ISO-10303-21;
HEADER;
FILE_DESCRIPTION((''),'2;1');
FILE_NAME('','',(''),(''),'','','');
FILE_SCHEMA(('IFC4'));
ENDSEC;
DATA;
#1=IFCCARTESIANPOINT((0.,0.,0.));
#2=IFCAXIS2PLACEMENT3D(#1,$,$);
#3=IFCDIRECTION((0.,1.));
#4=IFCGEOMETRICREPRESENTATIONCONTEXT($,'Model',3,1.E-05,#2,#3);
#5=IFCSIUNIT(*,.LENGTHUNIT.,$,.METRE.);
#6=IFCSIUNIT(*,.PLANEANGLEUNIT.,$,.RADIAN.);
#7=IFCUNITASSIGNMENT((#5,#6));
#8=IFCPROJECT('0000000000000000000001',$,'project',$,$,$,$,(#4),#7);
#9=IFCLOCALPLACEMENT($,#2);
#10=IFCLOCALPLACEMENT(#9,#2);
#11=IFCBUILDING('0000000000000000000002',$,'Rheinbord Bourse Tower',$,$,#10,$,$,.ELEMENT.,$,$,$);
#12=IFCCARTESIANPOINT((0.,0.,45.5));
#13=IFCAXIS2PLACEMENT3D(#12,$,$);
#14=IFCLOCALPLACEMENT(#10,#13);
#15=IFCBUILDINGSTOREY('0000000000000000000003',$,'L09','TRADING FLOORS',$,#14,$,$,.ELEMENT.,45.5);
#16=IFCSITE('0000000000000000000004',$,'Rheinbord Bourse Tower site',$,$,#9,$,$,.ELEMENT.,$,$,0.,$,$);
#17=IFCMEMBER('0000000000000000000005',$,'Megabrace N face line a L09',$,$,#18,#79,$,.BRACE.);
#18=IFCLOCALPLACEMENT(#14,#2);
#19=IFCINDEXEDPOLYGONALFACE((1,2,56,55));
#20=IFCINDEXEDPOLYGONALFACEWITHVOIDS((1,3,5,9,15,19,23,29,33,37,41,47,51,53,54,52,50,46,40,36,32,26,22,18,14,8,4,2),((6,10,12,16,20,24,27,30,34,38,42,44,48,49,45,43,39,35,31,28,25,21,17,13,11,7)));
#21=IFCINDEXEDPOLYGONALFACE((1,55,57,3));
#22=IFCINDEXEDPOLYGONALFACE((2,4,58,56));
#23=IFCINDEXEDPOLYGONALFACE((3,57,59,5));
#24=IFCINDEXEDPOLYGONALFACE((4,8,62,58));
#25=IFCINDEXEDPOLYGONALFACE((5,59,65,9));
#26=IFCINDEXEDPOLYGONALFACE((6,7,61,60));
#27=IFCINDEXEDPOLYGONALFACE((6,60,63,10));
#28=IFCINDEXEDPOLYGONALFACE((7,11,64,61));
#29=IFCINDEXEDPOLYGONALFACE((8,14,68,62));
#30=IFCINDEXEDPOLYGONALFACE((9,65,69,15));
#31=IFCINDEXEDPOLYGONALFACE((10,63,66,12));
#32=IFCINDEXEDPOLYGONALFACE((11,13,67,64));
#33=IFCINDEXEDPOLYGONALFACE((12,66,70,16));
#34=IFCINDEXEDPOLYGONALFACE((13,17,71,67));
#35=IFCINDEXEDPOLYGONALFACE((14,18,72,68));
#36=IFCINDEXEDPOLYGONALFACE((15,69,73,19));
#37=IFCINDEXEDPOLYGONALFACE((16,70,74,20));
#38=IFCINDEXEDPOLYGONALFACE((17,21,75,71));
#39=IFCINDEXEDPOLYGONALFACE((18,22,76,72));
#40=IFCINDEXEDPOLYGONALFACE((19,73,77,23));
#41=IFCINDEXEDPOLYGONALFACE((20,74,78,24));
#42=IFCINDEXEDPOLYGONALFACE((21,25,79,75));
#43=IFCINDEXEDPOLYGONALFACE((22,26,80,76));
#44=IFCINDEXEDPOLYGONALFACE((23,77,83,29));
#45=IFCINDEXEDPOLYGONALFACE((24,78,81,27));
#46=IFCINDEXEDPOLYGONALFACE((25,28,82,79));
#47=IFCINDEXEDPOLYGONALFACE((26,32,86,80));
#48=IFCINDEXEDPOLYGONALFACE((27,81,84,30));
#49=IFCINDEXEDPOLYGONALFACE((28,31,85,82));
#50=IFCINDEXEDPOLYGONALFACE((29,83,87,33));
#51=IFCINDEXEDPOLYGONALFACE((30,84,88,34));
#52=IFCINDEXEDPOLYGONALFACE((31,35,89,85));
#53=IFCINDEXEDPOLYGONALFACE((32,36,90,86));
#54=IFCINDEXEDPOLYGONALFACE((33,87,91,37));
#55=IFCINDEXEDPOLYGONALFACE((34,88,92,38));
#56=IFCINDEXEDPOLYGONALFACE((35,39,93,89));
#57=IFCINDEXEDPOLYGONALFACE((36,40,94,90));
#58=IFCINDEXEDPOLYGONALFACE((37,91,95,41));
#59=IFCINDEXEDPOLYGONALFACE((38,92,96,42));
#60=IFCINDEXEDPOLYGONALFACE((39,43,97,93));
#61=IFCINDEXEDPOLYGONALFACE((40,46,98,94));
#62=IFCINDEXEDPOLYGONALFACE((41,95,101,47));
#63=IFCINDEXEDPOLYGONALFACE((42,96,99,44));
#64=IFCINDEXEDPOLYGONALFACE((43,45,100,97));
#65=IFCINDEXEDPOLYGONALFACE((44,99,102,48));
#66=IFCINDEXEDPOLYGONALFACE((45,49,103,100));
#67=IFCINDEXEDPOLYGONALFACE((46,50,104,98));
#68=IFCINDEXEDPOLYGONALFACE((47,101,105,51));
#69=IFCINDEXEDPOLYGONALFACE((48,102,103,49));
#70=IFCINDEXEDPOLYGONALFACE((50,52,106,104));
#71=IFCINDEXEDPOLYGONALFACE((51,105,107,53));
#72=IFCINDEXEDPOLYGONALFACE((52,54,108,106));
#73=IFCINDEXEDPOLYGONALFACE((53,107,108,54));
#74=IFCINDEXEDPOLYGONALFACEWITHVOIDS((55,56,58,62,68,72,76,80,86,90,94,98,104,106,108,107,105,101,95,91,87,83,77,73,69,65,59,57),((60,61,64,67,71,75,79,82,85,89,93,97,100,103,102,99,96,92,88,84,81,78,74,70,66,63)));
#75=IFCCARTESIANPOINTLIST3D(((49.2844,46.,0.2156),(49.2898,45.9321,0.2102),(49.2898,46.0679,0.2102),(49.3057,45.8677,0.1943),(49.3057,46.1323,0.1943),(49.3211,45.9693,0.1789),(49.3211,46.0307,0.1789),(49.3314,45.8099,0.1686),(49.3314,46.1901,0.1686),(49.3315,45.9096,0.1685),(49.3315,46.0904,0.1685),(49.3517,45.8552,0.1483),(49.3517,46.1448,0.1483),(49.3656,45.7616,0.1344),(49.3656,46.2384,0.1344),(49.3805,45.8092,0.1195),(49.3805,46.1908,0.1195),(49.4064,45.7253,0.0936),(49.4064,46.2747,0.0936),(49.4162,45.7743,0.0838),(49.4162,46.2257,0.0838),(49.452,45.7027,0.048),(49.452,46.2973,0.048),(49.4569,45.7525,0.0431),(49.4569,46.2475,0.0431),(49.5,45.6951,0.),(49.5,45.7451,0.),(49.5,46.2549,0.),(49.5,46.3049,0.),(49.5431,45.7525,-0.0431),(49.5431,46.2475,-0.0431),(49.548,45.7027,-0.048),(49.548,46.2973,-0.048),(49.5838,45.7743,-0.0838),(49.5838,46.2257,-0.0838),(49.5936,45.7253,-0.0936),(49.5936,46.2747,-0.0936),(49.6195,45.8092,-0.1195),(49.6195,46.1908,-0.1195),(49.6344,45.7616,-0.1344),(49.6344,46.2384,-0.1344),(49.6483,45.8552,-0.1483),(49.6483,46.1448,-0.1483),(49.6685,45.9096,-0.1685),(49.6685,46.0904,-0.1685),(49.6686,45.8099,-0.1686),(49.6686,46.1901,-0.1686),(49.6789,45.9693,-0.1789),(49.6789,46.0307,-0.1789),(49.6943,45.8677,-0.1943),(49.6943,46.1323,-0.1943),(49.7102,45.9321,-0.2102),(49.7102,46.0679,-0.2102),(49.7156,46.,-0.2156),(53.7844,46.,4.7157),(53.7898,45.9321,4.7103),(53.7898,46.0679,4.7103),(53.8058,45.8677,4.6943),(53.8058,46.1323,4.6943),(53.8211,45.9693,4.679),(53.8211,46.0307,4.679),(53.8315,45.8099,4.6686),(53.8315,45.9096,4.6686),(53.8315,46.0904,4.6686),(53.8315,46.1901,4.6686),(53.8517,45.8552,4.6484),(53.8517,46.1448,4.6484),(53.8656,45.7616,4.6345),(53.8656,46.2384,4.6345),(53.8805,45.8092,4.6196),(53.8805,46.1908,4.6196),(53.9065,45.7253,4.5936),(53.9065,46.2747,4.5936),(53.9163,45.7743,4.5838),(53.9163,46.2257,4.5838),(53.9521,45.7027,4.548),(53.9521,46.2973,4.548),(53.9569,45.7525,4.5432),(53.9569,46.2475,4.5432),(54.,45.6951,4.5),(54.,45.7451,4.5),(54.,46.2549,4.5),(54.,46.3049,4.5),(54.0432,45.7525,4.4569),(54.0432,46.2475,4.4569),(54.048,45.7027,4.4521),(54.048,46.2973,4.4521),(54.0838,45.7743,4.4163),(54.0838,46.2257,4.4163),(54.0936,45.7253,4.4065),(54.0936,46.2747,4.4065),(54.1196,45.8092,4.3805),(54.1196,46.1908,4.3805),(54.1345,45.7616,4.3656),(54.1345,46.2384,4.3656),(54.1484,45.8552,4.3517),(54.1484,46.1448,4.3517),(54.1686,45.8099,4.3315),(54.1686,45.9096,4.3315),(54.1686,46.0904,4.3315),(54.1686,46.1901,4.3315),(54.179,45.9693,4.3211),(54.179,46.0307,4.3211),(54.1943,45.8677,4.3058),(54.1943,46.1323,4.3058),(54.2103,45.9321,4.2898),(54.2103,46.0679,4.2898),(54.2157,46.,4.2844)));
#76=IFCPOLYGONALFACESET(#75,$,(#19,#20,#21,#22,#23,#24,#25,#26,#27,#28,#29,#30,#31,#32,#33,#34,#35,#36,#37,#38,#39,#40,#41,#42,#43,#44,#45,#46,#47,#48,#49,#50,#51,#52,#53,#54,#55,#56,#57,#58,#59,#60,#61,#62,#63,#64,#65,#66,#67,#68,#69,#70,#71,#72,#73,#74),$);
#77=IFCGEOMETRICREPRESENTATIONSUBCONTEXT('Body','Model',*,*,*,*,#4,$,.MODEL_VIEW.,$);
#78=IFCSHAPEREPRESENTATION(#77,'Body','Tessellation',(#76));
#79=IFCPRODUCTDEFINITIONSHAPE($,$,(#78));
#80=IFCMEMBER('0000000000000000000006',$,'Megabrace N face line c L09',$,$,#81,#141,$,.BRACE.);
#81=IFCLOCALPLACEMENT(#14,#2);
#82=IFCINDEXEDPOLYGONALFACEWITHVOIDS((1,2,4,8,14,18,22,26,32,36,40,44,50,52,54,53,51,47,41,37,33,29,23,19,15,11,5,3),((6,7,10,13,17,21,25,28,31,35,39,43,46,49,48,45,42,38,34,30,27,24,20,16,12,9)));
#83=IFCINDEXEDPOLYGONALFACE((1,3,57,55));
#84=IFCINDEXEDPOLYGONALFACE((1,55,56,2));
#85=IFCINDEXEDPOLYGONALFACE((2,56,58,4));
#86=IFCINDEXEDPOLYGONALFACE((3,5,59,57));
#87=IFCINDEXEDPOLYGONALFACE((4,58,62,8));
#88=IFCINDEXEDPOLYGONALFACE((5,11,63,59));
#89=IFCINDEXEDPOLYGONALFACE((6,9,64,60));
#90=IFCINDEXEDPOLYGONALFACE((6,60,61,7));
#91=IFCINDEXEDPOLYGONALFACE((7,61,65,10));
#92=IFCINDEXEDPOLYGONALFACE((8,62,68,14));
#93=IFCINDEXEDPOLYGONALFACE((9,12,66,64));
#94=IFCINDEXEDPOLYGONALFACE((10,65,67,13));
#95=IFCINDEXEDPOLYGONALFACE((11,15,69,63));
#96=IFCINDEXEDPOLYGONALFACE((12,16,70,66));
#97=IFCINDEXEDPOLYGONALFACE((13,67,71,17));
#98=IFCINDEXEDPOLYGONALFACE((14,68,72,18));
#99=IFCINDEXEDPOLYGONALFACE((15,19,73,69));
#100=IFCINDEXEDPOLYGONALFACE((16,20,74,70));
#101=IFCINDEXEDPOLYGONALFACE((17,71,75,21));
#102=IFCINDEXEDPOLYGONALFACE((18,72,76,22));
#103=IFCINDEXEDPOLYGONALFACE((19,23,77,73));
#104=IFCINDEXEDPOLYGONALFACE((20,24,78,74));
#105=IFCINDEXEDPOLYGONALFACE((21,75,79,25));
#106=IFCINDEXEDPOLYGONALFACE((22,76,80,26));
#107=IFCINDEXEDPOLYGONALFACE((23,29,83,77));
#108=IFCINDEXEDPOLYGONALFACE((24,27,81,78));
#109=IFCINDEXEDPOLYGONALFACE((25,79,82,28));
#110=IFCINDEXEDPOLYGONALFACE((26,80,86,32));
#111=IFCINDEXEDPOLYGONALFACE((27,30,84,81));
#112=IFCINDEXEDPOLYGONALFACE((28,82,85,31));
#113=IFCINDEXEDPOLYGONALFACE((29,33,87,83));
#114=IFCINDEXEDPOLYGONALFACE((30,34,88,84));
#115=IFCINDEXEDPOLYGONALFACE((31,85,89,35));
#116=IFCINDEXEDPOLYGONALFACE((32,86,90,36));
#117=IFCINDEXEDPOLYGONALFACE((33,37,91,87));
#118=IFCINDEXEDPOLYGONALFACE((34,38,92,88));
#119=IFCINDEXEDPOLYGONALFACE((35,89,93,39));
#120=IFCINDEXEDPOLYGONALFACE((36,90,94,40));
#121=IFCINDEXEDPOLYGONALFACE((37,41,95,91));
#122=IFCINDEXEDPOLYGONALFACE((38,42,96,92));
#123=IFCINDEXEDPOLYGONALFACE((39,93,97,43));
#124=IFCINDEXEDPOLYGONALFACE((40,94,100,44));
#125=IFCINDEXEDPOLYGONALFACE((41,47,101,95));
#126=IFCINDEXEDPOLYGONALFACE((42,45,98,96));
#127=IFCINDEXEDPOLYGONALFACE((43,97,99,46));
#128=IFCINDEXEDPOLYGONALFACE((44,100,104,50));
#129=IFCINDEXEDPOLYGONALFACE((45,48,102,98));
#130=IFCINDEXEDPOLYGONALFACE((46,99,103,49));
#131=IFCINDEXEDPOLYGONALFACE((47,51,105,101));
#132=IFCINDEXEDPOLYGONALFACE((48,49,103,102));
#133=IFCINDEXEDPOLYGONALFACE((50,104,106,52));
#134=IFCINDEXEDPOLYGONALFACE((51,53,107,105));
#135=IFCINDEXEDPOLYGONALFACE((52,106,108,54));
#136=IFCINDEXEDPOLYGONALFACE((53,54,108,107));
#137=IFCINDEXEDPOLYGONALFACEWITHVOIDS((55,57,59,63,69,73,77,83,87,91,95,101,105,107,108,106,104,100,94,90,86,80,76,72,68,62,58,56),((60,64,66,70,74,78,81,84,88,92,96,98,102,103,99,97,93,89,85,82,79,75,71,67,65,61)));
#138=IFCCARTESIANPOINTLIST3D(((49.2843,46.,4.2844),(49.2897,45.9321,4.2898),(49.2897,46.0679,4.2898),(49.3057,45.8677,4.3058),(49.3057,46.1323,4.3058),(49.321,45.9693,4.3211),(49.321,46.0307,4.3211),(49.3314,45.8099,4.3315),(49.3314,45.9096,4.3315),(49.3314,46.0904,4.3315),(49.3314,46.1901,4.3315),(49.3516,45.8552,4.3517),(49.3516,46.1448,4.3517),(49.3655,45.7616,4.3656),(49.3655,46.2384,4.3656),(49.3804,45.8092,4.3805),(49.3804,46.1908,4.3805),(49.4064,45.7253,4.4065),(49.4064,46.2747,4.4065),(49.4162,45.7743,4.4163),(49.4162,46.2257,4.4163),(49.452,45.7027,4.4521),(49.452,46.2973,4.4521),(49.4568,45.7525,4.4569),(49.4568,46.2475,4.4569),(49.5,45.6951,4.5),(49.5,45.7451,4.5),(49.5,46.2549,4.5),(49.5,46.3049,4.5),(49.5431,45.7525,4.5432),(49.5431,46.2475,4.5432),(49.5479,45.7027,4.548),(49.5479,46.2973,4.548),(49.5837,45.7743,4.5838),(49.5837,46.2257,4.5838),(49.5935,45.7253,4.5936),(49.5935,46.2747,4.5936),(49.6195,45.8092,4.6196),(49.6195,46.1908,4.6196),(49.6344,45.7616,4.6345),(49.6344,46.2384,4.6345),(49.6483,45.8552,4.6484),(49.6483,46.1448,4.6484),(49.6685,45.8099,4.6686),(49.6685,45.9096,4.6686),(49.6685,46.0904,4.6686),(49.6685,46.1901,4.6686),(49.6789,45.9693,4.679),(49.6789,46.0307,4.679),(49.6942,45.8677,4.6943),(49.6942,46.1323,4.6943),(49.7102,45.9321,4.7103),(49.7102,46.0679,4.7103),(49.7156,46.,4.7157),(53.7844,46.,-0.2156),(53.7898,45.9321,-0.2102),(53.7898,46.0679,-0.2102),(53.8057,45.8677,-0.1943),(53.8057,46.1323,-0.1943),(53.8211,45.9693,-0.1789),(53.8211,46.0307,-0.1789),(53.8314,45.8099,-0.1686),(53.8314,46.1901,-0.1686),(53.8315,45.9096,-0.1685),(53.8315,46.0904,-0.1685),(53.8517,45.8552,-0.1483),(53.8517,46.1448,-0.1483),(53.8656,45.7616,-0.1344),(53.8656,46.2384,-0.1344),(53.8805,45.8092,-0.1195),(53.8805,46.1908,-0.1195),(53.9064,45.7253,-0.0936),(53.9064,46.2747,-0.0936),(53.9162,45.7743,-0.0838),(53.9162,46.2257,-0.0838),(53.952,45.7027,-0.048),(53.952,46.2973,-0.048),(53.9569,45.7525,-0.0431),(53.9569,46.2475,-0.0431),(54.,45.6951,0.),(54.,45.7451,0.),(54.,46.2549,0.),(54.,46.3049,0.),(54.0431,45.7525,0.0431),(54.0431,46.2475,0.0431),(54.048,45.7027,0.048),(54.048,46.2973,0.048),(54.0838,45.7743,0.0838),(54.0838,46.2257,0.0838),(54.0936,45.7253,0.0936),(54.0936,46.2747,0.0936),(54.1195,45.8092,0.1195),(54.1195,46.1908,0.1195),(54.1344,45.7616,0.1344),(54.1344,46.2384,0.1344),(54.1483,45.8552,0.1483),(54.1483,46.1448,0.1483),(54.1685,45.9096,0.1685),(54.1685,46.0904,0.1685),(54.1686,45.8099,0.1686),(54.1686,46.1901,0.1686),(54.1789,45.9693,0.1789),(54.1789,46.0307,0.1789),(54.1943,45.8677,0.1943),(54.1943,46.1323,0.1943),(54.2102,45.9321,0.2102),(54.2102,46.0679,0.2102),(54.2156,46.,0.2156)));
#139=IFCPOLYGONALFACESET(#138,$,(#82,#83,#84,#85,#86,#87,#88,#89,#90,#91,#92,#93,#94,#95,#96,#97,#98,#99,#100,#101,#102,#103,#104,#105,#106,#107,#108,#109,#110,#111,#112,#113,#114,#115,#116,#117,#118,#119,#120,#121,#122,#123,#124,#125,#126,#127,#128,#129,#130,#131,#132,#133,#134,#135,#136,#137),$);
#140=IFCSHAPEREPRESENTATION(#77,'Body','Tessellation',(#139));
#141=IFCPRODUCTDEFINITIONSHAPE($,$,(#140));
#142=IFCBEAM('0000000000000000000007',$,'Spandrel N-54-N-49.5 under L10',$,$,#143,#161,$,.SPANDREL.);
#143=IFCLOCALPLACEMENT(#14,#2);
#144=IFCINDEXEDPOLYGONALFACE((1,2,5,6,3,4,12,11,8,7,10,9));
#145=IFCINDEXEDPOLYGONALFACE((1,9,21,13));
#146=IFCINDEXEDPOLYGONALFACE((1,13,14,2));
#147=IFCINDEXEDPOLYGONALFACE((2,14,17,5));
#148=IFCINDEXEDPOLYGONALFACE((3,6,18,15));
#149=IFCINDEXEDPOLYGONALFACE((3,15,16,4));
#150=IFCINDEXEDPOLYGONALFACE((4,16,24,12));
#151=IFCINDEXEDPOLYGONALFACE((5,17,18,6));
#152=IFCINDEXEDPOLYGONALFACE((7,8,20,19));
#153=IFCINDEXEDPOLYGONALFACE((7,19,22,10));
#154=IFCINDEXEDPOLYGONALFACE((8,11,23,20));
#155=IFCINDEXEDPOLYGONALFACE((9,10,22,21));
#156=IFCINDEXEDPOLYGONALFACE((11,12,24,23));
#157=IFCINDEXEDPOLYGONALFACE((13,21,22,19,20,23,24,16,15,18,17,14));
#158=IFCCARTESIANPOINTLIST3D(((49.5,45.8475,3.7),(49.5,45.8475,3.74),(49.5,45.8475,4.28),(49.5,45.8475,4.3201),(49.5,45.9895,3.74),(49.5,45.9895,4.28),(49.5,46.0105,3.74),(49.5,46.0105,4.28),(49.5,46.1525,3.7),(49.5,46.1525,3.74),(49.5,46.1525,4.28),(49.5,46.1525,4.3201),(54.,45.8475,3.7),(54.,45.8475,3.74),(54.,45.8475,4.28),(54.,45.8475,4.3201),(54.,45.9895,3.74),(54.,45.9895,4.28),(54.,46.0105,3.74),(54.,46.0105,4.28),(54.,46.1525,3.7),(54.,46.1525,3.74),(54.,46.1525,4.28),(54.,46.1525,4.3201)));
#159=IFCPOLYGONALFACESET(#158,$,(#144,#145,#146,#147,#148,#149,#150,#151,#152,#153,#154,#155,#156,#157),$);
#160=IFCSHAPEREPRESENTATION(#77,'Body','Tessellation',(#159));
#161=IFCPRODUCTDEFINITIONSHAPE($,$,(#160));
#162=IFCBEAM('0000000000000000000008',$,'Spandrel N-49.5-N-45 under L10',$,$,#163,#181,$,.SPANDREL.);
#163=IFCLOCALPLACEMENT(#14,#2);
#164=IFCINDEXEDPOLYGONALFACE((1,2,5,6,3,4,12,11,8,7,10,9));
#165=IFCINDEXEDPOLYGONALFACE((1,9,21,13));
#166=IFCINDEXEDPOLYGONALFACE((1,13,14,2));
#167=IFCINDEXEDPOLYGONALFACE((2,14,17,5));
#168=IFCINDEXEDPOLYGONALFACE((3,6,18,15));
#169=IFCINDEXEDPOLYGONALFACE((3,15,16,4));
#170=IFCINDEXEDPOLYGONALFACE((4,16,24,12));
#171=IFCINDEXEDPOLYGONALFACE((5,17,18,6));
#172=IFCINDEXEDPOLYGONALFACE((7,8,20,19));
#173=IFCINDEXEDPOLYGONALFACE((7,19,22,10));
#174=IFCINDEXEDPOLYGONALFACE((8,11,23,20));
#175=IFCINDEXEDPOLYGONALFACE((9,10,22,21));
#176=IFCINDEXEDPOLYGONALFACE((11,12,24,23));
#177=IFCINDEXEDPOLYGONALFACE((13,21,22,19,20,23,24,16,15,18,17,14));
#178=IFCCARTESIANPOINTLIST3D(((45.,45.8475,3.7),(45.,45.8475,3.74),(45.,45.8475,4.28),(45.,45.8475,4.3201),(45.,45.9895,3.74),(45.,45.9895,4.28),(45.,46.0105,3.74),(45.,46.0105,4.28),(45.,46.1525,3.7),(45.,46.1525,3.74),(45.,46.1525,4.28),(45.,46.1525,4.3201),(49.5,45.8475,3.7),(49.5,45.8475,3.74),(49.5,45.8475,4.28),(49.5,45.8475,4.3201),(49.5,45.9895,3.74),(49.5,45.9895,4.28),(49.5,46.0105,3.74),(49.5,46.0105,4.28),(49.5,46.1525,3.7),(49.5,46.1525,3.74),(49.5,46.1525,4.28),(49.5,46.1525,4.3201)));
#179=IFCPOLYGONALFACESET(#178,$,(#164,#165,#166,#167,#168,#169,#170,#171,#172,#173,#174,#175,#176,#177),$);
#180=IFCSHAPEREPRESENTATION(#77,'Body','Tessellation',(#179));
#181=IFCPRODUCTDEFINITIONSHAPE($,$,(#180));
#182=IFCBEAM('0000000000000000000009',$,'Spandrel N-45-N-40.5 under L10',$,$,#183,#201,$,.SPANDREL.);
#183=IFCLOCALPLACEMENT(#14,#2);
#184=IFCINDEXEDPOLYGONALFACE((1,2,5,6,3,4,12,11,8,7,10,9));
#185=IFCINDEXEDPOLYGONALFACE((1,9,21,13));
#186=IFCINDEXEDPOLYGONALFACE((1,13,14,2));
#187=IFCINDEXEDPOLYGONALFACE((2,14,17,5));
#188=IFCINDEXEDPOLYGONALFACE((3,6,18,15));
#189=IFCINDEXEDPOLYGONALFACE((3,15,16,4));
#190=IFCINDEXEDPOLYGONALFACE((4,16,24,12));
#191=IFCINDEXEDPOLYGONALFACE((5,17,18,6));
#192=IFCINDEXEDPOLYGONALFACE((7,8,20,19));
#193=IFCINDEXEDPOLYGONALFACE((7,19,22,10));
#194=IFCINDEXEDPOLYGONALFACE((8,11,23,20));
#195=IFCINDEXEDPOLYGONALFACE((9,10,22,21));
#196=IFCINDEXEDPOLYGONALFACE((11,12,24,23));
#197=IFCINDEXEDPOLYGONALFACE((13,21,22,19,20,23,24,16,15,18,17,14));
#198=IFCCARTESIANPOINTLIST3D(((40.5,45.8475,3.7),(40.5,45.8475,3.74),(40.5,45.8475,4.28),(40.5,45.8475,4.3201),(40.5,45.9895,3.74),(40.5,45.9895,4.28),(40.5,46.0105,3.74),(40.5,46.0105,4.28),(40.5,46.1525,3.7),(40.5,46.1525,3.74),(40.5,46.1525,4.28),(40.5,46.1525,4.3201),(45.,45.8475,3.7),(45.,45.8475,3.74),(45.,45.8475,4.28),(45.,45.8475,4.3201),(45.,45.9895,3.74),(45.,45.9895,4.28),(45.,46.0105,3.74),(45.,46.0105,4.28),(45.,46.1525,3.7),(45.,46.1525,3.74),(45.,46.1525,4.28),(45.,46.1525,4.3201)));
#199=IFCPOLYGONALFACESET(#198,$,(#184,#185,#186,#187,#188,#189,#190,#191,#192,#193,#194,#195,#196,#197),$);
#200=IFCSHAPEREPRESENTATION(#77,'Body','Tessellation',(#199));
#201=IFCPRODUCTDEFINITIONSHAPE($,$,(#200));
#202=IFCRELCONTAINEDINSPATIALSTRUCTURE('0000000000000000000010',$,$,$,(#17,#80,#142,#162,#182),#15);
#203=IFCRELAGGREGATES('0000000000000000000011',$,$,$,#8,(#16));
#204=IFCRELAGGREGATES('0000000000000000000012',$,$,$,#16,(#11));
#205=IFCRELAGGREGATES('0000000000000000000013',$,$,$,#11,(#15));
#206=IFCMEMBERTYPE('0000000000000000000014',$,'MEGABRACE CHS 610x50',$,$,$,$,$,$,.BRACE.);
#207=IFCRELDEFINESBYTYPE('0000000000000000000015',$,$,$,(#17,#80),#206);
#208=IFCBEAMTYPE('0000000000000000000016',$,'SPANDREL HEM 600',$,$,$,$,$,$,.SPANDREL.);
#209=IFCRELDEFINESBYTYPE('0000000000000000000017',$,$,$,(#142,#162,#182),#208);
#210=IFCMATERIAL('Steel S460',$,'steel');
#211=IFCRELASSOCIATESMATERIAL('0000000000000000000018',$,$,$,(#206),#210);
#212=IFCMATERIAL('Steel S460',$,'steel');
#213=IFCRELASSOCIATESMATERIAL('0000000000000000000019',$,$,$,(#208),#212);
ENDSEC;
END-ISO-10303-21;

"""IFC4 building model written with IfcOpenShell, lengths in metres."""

from ifc_helpers import new_model, si_unit, direction, frame, origin, origin_2d, place, context, subcontext, project, spatial, hollow_circle, i_section, extrude, material, material_profile, profile_set, type_object, element, save


model = new_model("IFC4")

# Units and contexts
model_context = context("Model", 3, precision=1e-05, world=origin(), true_north=direction((0.0, 1.0)))
body_context = subcontext(model_context, "Body", "Model", "MODEL_VIEW")
ifc_project = project(units=[si_unit("LENGTHUNIT", "METRE"), si_unit("PLANEANGLEUNIT", "RADIAN")], contexts=[model_context])

# Site, building, storey
site_placement = place(None, origin())
site = spatial("IfcSite", under=ifc_project, at=site_placement, Name="Rheinbord Bourse Tower site", CompositionType="ELEMENT", RefElevation=0.0)
building_placement = place(site_placement, origin())
building = spatial("IfcBuilding", under=site, at=building_placement, Name="Rheinbord Bourse Tower", CompositionType="ELEMENT")
storey_placement = place(building_placement, frame((0.0, 0.0, 45.5)))
storey = spatial("IfcBuildingStorey", under=building, at=storey_placement, Name="L09", Description="TRADING FLOORS", CompositionType="ELEMENT", Elevation=45.5)

# Members
ifc_material_1 = material(Name="Steel S460", Category="steel")
ifc_material_profile_1 = material_profile(ifc_material_1, hollow_circle(Radius=0.3049, WallThickness=0.05, at=origin_2d()), Name="CHS 610x50")
ifc_profile_set_1 = profile_set([ifc_material_profile_1], Name="Steel S460")
member_type_1 = type_object("IfcMemberType", Name="MEGABRACE CHS 610x50", PredefinedType="BRACE", material=ifc_profile_set_1)
for number, where, z_axis, x_axis, name in (
    (1, (49.5, 46.0, 0.0), (0.707107, 0.0, 0.707107), (0.0, 1.0, 0.0), "Megabrace N face line a L09"),
    (2, (54.0, 46.0, 0.0), (-0.707107, 0.0, 0.707107), (0.0, -1.0, 0.0), "Megabrace N face line c L09"),
):
    element("IfcMember", number, at=place(storey_placement, frame(where, z_axis=z_axis, x_axis=x_axis)), inside=storey, type_object=member_type_1, Name=name, PredefinedType="BRACE", context=body_context, shape_type="SweptSolid", body=[
        extrude(hollow_circle(Radius=0.3049, WallThickness=0.05, at=origin_2d()), origin(), (0.0, 0.0, 1.0), 6.364),
    ])

# Beams
ifc_material_2 = material(Name="Steel S460", Category="steel")
ifc_material_profile_2 = material_profile(ifc_material_2, i_section(OverallWidth=0.3049, OverallDepth=0.6201, WebThickness=0.021, FlangeThickness=0.04, at=origin_2d()), Name="HEM 600")
ifc_profile_set_2 = profile_set([ifc_material_profile_2], Name="Steel S460")
beam_type_1 = type_object("IfcBeamType", Name="SPANDREL HEM 600", PredefinedType="SPANDREL", material=ifc_profile_set_2)
for number, where, z_axis, x_axis, name in (
    (3, (54.0, 46.0, 4.01), (-1.0, 0.0, 0.0), (0.0, -1.0, 0.0), "Spandrel N-54-N-49.5 under L10"),
    (4, (49.5, 46.0, 4.01), (-1.0, 0.0, 0.0), (0.0, -1.0, 0.0), "Spandrel N-49.5-N-45 under L10"),
    (5, (45.0, 46.0, 4.01), (-1.0, 0.0, 0.0), (0.0, -1.0, 0.0), "Spandrel N-45-N-40.5 under L10"),
):
    element("IfcBeam", number, at=place(storey_placement, frame(where, z_axis=z_axis, x_axis=x_axis)), inside=storey, type_object=beam_type_1, Name=name, PredefinedType="SPANDREL", context=body_context, shape_type="SweptSolid", body=[
        extrude(i_section(OverallWidth=0.3049, OverallDepth=0.6201, WebThickness=0.021, FlangeThickness=0.04, at=origin_2d()), origin(), (0.0, 0.0, 1.0), 4.5),
    ])

save(model, "model.ifc")
